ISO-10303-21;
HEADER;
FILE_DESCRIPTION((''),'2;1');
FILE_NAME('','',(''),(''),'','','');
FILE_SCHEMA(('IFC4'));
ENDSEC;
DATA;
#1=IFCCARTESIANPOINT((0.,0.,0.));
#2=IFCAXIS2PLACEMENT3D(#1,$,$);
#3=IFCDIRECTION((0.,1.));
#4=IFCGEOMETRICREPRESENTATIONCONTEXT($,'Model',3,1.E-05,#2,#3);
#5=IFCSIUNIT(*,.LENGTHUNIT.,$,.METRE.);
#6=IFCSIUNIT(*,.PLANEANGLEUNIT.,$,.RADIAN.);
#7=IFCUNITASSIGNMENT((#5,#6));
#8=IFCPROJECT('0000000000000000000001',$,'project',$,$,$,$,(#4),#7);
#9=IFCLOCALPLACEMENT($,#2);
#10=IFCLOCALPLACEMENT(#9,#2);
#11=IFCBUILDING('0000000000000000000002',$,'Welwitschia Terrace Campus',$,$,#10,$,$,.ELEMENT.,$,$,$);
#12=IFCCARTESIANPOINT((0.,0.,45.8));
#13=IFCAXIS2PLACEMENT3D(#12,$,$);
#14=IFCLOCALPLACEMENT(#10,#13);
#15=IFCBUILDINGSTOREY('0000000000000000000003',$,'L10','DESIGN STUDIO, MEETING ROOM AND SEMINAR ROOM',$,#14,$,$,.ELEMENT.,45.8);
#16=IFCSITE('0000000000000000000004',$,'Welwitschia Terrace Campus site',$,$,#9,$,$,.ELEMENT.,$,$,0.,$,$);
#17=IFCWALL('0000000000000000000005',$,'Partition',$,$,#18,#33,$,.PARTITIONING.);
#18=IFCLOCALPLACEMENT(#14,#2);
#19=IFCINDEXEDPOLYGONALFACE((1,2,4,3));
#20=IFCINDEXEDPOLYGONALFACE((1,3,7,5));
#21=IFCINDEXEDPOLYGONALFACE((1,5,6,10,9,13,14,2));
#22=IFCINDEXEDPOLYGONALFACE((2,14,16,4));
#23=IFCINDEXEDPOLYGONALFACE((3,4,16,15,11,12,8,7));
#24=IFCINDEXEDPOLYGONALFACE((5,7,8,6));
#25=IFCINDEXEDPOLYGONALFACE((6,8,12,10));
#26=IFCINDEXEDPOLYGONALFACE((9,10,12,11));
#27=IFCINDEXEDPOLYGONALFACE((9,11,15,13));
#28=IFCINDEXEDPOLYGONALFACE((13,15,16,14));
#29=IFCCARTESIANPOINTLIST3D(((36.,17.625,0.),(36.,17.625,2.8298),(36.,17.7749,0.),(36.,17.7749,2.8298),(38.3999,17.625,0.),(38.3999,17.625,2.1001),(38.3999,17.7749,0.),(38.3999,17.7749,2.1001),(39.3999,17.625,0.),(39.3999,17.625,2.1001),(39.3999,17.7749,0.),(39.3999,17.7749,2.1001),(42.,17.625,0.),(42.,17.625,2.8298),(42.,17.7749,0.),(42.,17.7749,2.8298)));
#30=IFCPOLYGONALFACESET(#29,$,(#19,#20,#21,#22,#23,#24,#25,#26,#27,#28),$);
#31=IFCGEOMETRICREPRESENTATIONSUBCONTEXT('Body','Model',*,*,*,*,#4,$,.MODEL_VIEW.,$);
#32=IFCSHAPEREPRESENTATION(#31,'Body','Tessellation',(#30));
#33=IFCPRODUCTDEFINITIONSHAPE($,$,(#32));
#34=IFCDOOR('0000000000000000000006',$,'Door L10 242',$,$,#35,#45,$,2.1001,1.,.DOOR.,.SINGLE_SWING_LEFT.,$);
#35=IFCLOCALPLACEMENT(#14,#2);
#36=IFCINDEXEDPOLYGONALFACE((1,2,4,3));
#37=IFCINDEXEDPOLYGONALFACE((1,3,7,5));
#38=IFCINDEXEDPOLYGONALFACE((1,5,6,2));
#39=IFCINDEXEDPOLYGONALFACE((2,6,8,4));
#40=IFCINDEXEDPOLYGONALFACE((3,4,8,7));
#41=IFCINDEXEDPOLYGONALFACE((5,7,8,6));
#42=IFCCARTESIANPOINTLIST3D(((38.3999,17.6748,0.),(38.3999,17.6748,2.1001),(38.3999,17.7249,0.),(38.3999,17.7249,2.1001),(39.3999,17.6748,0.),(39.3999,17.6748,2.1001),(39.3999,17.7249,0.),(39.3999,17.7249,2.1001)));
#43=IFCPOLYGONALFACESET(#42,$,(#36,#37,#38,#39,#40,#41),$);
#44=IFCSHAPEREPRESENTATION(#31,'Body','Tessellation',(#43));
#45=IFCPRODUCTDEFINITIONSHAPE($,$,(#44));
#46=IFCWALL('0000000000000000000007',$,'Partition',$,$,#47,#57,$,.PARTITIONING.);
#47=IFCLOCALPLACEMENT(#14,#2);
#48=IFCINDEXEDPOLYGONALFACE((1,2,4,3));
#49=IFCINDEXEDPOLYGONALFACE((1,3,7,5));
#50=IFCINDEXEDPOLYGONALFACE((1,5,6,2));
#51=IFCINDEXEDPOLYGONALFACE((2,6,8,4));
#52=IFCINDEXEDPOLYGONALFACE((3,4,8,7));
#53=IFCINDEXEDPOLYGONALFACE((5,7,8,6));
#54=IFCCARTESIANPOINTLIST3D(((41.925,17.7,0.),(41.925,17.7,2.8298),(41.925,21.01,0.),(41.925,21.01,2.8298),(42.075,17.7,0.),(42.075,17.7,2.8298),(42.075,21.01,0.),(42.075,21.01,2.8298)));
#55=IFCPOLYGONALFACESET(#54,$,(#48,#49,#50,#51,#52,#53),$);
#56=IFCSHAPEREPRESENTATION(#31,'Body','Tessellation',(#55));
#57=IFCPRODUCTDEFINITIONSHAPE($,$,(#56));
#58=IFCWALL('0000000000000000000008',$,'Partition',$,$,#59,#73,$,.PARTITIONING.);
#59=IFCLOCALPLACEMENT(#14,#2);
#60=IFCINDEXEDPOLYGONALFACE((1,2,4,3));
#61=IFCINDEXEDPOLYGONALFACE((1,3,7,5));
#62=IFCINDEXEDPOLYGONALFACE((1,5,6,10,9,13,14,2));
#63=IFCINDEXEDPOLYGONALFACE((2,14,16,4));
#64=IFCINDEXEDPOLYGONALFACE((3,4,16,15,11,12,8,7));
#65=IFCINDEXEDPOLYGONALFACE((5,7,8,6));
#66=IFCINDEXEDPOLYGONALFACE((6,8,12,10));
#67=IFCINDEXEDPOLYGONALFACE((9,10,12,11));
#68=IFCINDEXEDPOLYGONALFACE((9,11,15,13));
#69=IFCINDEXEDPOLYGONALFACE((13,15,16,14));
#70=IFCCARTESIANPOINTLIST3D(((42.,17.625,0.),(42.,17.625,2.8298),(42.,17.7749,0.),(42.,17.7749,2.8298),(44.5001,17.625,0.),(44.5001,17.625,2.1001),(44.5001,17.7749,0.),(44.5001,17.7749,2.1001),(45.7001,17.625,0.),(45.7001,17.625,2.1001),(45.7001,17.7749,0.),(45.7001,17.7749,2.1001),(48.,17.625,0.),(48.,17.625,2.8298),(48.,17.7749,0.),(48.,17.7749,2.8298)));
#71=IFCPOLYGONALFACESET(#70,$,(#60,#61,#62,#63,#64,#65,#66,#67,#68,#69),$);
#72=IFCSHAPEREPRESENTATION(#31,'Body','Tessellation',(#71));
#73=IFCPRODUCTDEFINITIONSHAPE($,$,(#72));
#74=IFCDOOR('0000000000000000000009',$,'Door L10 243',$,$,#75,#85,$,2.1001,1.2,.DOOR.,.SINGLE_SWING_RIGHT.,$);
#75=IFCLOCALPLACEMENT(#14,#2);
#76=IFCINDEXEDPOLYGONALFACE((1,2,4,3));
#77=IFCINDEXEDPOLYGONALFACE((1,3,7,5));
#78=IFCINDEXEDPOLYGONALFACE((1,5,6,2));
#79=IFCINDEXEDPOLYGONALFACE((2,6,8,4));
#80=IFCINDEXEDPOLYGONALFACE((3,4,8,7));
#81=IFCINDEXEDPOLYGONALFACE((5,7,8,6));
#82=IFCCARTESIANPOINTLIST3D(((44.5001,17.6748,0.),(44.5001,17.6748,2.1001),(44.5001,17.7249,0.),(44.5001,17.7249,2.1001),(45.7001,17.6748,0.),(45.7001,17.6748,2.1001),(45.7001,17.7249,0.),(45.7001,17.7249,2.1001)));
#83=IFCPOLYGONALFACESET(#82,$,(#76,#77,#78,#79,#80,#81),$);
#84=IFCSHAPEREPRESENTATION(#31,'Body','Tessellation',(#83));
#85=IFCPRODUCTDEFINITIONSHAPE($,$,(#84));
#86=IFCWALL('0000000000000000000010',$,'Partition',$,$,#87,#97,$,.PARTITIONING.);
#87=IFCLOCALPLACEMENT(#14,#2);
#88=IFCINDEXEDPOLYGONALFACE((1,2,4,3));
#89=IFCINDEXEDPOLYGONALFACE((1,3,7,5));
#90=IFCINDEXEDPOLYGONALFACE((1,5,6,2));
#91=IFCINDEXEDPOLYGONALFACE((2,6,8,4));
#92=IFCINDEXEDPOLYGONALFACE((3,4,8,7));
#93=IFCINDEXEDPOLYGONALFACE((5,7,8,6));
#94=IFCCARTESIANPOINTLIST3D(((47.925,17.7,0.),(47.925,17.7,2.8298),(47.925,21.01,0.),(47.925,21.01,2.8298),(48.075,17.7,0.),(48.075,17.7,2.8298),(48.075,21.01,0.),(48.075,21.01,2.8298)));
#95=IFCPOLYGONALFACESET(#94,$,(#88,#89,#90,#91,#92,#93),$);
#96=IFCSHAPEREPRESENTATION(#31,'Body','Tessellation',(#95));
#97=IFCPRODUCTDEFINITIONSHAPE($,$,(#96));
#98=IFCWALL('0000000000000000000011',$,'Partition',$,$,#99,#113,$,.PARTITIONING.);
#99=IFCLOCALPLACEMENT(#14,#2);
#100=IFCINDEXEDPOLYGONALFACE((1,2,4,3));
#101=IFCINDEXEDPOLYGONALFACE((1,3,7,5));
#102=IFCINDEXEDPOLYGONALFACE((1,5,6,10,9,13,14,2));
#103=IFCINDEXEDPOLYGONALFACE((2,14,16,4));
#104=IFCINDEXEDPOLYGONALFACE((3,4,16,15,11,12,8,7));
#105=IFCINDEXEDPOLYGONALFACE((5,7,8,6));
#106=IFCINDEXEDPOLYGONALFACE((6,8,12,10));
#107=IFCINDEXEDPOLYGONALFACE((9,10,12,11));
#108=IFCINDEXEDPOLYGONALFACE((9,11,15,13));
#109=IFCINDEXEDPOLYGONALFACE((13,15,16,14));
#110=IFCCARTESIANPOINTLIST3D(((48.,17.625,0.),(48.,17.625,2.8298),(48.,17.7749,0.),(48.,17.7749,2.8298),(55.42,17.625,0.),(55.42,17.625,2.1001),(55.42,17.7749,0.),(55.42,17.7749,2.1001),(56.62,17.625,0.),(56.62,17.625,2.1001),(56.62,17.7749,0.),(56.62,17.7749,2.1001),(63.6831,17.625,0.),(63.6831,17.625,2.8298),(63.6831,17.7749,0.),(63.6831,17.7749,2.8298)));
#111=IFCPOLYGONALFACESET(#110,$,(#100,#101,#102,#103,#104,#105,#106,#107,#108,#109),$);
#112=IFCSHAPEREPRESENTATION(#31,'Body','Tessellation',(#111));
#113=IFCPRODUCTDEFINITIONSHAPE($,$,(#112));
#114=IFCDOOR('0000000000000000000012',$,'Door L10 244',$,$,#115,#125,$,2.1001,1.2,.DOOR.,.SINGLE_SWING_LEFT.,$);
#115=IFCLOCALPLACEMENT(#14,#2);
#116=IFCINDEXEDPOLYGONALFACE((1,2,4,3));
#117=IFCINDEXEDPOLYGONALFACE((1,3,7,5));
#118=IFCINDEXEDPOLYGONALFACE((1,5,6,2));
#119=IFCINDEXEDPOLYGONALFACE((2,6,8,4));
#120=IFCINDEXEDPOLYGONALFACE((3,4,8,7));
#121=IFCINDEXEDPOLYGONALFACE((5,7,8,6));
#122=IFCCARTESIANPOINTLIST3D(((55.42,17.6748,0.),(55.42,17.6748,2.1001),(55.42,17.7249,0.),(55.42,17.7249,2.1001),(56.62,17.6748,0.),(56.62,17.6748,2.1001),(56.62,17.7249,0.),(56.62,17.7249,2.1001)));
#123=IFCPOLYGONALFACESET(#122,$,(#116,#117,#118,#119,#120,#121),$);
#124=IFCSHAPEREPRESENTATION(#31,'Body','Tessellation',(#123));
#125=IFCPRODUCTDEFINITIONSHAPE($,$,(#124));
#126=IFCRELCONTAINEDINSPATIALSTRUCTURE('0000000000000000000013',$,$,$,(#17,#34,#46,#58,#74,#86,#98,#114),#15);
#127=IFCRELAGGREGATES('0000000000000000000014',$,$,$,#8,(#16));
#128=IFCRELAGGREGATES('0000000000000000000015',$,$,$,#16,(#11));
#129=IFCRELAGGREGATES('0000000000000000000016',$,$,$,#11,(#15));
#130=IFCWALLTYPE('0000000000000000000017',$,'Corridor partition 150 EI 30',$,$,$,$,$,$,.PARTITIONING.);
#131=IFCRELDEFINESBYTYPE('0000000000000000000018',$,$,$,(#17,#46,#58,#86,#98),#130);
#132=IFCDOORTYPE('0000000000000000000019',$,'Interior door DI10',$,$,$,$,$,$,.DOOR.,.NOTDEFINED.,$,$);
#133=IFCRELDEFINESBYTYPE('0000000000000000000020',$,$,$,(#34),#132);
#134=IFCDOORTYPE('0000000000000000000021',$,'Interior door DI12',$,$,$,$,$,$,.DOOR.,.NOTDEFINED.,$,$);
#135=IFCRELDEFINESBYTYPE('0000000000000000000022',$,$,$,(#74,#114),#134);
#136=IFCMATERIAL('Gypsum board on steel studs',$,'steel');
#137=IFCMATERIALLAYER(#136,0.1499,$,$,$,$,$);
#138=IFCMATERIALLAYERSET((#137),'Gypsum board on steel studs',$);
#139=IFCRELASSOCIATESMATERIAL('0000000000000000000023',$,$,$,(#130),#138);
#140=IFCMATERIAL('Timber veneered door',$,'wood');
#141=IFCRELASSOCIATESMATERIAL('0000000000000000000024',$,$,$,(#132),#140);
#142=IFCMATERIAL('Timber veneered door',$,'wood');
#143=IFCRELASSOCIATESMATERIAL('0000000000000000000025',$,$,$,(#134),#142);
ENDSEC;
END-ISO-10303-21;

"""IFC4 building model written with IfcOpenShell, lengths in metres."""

from ifc_helpers import new_model, si_unit, direction, frame, frame_2d, origin, place, context, subcontext, project, spatial, rectangle, extrude, material, layer, layer_set, type_object, element, fill, save


model = new_model("IFC4")

# Units and contexts
model_context = context("Model", 3, precision=1e-05, world=origin(), true_north=direction((0.0, 1.0)))
body_context = subcontext(model_context, "Body", "Model", "MODEL_VIEW")
ifc_project = project(units=[si_unit("LENGTHUNIT", "METRE"), si_unit("PLANEANGLEUNIT", "RADIAN")], contexts=[model_context])

# Site, building, storey
site_placement = place(None, origin())
site = spatial("IfcSite", under=ifc_project, at=site_placement, Name="Welwitschia Terrace Campus site", CompositionType="ELEMENT", RefElevation=0.0)
building_placement = place(site_placement, origin())
building = spatial("IfcBuilding", under=site, at=building_placement, Name="Welwitschia Terrace Campus", CompositionType="ELEMENT")
storey_placement = place(building_placement, frame((0.0, 0.0, 45.8)))
storey = spatial("IfcBuildingStorey", under=building, at=storey_placement, Name="L10", Description="DESIGN STUDIO, MEETING ROOM AND SEMINAR ROOM", CompositionType="ELEMENT", Elevation=45.8)

# Shared definitions
ifc_material_1 = material(Name="Gypsum board on steel studs", Category="steel")
ifc_layer_1 = layer(ifc_material_1, 0.1499)
ifc_layer_set_1 = layer_set([ifc_layer_1], Name="Gypsum board on steel studs")
wall_type = type_object("IfcWallType", Name="Corridor partition 150 EI 30", PredefinedType="PARTITIONING", material=ifc_layer_set_1)

# Wall, opening, door
wall_1_placement = place(storey_placement, frame((36.0, 17.7, 0.0), z_axis=(0.0, 0.0, 1.0), x_axis=(1.0, 0.0, 0.0)))
wall_1 = element("IfcWall", 1, at=wall_1_placement, inside=storey, type_object=wall_type, Name="Partition", PredefinedType="PARTITIONING", context=body_context, shape_type="SweptSolid", body=[
    extrude(rectangle(XDim=6.0, YDim=0.1499, at=frame_2d((3.0, 0.0))), origin(), (0.0, 0.0, 1.0), 2.8298),
])
opening_1_placement = place(wall_1_placement, frame((2.3999, 0.0, 0.0)))
opening_1 = element("IfcOpeningElement", 2, at=opening_1_placement, cuts=wall_1, PredefinedType="OPENING", context=body_context, shape_type="SweptSolid", body=[
    extrude(rectangle(XDim=1.0, YDim=2.1001, at=frame_2d((0.5, 1.05))), frame((0.0, 0.085, 0.0), z_axis=(0.0, -1.0, 0.0), x_axis=(1.0, 0.0, 0.0)), (0.0, 0.0, 1.0), 0.1699),
])
ifc_material_2 = material(Name="Timber veneered door", Category="wood")
door_type_1 = type_object("IfcDoorType", Name="Interior door DI10", OperationType="NOTDEFINED", PredefinedType="DOOR", material=ifc_material_2)
door_1_placement = place(opening_1_placement, origin())
door_1 = element("IfcDoor", 3, at=door_1_placement, inside=storey, type_object=door_type_1, Name="Door L10 242", OperationType="SINGLE_SWING_LEFT", OverallHeight=2.1001, OverallWidth=1.0, PredefinedType="DOOR", context=body_context, shape_type="SweptSolid", body=[
    extrude(rectangle(XDim=1.0, YDim=2.1001, at=frame_2d((0.5, 1.05))), frame((0.0, 0.0249, 0.0), z_axis=(0.0, -1.0, 0.0), x_axis=(1.0, 0.0, 0.0)), (0.0, 0.0, 1.0), 0.05),
])
fill(opening_1, door_1)

# Wall
wall_2_placement = place(storey_placement, frame((42.0, 17.7, 0.0), z_axis=(0.0, 0.0, 1.0), x_axis=(0.0, 1.0, 0.0)))
element("IfcWall", 4, at=wall_2_placement, inside=storey, type_object=wall_type, Name="Partition", PredefinedType="PARTITIONING", context=body_context, shape_type="SweptSolid", body=[
    extrude(rectangle(XDim=3.3101, YDim=0.1499, at=frame_2d((1.655, 0.0))), origin(), (0.0, 0.0, 1.0), 2.8298),
])

# Wall, opening, door
wall_3_placement = place(storey_placement, frame((42.0, 17.7, 0.0), z_axis=(0.0, 0.0, 1.0), x_axis=(1.0, 0.0, 0.0)))
wall_3 = element("IfcWall", 5, at=wall_3_placement, inside=storey, type_object=wall_type, Name="Partition", PredefinedType="PARTITIONING", context=body_context, shape_type="SweptSolid", body=[
    extrude(rectangle(XDim=6.0, YDim=0.1499, at=frame_2d((3.0, 0.0))), origin(), (0.0, 0.0, 1.0), 2.8298),
])
opening_2_placement = place(wall_3_placement, frame((2.5, 0.0, 0.0)))
opening_2 = element("IfcOpeningElement", 6, at=opening_2_placement, cuts=wall_3, PredefinedType="OPENING", context=body_context, shape_type="SweptSolid", body=[
    extrude(rectangle(XDim=1.2, YDim=2.1001, at=frame_2d((0.6001, 1.05))), frame((0.0, 0.085, 0.0), z_axis=(0.0, -1.0, 0.0), x_axis=(1.0, 0.0, 0.0)), (0.0, 0.0, 1.0), 0.1699),
])
ifc_material_3 = material(Name="Timber veneered door", Category="wood")
door_type_2 = type_object("IfcDoorType", Name="Interior door DI12", OperationType="NOTDEFINED", PredefinedType="DOOR", material=ifc_material_3)
door_2_placement = place(opening_2_placement, origin())
door_2 = element("IfcDoor", 7, at=door_2_placement, inside=storey, type_object=door_type_2, Name="Door L10 243", OperationType="SINGLE_SWING_RIGHT", OverallHeight=2.1001, OverallWidth=1.2, PredefinedType="DOOR", context=body_context, shape_type="SweptSolid", body=[
    extrude(rectangle(XDim=1.2, YDim=2.1001, at=frame_2d((0.6001, 1.05))), frame((0.0, 0.0249, 0.0), z_axis=(0.0, -1.0, 0.0), x_axis=(1.0, 0.0, 0.0)), (0.0, 0.0, 1.0), 0.05),
])
fill(opening_2, door_2)

# Wall
wall_4_placement = place(storey_placement, frame((48.0, 17.7, 0.0), z_axis=(0.0, 0.0, 1.0), x_axis=(0.0, 1.0, 0.0)))
element("IfcWall", 8, at=wall_4_placement, inside=storey, type_object=wall_type, Name="Partition", PredefinedType="PARTITIONING", context=body_context, shape_type="SweptSolid", body=[
    extrude(rectangle(XDim=3.3101, YDim=0.1499, at=frame_2d((1.655, 0.0))), origin(), (0.0, 0.0, 1.0), 2.8298),
])

# Wall, opening, door
wall_5_placement = place(storey_placement, frame((48.0, 17.7, 0.0), z_axis=(0.0, 0.0, 1.0), x_axis=(1.0, 0.0, 0.0)))
wall_5 = element("IfcWall", 9, at=wall_5_placement, inside=storey, type_object=wall_type, Name="Partition", PredefinedType="PARTITIONING", context=body_context, shape_type="SweptSolid", body=[
    extrude(rectangle(XDim=15.6831, YDim=0.1499, at=frame_2d((7.8416, 0.0))), origin(), (0.0, 0.0, 1.0), 2.8298),
])
opening_3_placement = place(wall_5_placement, frame((7.4199, 0.0, 0.0)))
opening_3 = element("IfcOpeningElement", 10, at=opening_3_placement, cuts=wall_5, PredefinedType="OPENING", context=body_context, shape_type="SweptSolid", body=[
    extrude(rectangle(XDim=1.2, YDim=2.1001, at=frame_2d((0.6001, 1.05))), frame((0.0, 0.085, 0.0), z_axis=(0.0, -1.0, 0.0), x_axis=(1.0, 0.0, 0.0)), (0.0, 0.0, 1.0), 0.1699),
])
door_3_placement = place(opening_3_placement, origin())
door_3 = element("IfcDoor", 11, at=door_3_placement, inside=storey, type_object=door_type_2, Name="Door L10 244", OperationType="SINGLE_SWING_LEFT", OverallHeight=2.1001, OverallWidth=1.2, PredefinedType="DOOR", context=body_context, shape_type="SweptSolid", body=[
    extrude(rectangle(XDim=1.2, YDim=2.1001, at=frame_2d((0.6001, 1.05))), frame((0.0, 0.0249, 0.0), z_axis=(0.0, -1.0, 0.0), x_axis=(1.0, 0.0, 0.0)), (0.0, 0.0, 1.0), 0.05),
])
fill(opening_3, door_3)

save(model, "model.ifc")
